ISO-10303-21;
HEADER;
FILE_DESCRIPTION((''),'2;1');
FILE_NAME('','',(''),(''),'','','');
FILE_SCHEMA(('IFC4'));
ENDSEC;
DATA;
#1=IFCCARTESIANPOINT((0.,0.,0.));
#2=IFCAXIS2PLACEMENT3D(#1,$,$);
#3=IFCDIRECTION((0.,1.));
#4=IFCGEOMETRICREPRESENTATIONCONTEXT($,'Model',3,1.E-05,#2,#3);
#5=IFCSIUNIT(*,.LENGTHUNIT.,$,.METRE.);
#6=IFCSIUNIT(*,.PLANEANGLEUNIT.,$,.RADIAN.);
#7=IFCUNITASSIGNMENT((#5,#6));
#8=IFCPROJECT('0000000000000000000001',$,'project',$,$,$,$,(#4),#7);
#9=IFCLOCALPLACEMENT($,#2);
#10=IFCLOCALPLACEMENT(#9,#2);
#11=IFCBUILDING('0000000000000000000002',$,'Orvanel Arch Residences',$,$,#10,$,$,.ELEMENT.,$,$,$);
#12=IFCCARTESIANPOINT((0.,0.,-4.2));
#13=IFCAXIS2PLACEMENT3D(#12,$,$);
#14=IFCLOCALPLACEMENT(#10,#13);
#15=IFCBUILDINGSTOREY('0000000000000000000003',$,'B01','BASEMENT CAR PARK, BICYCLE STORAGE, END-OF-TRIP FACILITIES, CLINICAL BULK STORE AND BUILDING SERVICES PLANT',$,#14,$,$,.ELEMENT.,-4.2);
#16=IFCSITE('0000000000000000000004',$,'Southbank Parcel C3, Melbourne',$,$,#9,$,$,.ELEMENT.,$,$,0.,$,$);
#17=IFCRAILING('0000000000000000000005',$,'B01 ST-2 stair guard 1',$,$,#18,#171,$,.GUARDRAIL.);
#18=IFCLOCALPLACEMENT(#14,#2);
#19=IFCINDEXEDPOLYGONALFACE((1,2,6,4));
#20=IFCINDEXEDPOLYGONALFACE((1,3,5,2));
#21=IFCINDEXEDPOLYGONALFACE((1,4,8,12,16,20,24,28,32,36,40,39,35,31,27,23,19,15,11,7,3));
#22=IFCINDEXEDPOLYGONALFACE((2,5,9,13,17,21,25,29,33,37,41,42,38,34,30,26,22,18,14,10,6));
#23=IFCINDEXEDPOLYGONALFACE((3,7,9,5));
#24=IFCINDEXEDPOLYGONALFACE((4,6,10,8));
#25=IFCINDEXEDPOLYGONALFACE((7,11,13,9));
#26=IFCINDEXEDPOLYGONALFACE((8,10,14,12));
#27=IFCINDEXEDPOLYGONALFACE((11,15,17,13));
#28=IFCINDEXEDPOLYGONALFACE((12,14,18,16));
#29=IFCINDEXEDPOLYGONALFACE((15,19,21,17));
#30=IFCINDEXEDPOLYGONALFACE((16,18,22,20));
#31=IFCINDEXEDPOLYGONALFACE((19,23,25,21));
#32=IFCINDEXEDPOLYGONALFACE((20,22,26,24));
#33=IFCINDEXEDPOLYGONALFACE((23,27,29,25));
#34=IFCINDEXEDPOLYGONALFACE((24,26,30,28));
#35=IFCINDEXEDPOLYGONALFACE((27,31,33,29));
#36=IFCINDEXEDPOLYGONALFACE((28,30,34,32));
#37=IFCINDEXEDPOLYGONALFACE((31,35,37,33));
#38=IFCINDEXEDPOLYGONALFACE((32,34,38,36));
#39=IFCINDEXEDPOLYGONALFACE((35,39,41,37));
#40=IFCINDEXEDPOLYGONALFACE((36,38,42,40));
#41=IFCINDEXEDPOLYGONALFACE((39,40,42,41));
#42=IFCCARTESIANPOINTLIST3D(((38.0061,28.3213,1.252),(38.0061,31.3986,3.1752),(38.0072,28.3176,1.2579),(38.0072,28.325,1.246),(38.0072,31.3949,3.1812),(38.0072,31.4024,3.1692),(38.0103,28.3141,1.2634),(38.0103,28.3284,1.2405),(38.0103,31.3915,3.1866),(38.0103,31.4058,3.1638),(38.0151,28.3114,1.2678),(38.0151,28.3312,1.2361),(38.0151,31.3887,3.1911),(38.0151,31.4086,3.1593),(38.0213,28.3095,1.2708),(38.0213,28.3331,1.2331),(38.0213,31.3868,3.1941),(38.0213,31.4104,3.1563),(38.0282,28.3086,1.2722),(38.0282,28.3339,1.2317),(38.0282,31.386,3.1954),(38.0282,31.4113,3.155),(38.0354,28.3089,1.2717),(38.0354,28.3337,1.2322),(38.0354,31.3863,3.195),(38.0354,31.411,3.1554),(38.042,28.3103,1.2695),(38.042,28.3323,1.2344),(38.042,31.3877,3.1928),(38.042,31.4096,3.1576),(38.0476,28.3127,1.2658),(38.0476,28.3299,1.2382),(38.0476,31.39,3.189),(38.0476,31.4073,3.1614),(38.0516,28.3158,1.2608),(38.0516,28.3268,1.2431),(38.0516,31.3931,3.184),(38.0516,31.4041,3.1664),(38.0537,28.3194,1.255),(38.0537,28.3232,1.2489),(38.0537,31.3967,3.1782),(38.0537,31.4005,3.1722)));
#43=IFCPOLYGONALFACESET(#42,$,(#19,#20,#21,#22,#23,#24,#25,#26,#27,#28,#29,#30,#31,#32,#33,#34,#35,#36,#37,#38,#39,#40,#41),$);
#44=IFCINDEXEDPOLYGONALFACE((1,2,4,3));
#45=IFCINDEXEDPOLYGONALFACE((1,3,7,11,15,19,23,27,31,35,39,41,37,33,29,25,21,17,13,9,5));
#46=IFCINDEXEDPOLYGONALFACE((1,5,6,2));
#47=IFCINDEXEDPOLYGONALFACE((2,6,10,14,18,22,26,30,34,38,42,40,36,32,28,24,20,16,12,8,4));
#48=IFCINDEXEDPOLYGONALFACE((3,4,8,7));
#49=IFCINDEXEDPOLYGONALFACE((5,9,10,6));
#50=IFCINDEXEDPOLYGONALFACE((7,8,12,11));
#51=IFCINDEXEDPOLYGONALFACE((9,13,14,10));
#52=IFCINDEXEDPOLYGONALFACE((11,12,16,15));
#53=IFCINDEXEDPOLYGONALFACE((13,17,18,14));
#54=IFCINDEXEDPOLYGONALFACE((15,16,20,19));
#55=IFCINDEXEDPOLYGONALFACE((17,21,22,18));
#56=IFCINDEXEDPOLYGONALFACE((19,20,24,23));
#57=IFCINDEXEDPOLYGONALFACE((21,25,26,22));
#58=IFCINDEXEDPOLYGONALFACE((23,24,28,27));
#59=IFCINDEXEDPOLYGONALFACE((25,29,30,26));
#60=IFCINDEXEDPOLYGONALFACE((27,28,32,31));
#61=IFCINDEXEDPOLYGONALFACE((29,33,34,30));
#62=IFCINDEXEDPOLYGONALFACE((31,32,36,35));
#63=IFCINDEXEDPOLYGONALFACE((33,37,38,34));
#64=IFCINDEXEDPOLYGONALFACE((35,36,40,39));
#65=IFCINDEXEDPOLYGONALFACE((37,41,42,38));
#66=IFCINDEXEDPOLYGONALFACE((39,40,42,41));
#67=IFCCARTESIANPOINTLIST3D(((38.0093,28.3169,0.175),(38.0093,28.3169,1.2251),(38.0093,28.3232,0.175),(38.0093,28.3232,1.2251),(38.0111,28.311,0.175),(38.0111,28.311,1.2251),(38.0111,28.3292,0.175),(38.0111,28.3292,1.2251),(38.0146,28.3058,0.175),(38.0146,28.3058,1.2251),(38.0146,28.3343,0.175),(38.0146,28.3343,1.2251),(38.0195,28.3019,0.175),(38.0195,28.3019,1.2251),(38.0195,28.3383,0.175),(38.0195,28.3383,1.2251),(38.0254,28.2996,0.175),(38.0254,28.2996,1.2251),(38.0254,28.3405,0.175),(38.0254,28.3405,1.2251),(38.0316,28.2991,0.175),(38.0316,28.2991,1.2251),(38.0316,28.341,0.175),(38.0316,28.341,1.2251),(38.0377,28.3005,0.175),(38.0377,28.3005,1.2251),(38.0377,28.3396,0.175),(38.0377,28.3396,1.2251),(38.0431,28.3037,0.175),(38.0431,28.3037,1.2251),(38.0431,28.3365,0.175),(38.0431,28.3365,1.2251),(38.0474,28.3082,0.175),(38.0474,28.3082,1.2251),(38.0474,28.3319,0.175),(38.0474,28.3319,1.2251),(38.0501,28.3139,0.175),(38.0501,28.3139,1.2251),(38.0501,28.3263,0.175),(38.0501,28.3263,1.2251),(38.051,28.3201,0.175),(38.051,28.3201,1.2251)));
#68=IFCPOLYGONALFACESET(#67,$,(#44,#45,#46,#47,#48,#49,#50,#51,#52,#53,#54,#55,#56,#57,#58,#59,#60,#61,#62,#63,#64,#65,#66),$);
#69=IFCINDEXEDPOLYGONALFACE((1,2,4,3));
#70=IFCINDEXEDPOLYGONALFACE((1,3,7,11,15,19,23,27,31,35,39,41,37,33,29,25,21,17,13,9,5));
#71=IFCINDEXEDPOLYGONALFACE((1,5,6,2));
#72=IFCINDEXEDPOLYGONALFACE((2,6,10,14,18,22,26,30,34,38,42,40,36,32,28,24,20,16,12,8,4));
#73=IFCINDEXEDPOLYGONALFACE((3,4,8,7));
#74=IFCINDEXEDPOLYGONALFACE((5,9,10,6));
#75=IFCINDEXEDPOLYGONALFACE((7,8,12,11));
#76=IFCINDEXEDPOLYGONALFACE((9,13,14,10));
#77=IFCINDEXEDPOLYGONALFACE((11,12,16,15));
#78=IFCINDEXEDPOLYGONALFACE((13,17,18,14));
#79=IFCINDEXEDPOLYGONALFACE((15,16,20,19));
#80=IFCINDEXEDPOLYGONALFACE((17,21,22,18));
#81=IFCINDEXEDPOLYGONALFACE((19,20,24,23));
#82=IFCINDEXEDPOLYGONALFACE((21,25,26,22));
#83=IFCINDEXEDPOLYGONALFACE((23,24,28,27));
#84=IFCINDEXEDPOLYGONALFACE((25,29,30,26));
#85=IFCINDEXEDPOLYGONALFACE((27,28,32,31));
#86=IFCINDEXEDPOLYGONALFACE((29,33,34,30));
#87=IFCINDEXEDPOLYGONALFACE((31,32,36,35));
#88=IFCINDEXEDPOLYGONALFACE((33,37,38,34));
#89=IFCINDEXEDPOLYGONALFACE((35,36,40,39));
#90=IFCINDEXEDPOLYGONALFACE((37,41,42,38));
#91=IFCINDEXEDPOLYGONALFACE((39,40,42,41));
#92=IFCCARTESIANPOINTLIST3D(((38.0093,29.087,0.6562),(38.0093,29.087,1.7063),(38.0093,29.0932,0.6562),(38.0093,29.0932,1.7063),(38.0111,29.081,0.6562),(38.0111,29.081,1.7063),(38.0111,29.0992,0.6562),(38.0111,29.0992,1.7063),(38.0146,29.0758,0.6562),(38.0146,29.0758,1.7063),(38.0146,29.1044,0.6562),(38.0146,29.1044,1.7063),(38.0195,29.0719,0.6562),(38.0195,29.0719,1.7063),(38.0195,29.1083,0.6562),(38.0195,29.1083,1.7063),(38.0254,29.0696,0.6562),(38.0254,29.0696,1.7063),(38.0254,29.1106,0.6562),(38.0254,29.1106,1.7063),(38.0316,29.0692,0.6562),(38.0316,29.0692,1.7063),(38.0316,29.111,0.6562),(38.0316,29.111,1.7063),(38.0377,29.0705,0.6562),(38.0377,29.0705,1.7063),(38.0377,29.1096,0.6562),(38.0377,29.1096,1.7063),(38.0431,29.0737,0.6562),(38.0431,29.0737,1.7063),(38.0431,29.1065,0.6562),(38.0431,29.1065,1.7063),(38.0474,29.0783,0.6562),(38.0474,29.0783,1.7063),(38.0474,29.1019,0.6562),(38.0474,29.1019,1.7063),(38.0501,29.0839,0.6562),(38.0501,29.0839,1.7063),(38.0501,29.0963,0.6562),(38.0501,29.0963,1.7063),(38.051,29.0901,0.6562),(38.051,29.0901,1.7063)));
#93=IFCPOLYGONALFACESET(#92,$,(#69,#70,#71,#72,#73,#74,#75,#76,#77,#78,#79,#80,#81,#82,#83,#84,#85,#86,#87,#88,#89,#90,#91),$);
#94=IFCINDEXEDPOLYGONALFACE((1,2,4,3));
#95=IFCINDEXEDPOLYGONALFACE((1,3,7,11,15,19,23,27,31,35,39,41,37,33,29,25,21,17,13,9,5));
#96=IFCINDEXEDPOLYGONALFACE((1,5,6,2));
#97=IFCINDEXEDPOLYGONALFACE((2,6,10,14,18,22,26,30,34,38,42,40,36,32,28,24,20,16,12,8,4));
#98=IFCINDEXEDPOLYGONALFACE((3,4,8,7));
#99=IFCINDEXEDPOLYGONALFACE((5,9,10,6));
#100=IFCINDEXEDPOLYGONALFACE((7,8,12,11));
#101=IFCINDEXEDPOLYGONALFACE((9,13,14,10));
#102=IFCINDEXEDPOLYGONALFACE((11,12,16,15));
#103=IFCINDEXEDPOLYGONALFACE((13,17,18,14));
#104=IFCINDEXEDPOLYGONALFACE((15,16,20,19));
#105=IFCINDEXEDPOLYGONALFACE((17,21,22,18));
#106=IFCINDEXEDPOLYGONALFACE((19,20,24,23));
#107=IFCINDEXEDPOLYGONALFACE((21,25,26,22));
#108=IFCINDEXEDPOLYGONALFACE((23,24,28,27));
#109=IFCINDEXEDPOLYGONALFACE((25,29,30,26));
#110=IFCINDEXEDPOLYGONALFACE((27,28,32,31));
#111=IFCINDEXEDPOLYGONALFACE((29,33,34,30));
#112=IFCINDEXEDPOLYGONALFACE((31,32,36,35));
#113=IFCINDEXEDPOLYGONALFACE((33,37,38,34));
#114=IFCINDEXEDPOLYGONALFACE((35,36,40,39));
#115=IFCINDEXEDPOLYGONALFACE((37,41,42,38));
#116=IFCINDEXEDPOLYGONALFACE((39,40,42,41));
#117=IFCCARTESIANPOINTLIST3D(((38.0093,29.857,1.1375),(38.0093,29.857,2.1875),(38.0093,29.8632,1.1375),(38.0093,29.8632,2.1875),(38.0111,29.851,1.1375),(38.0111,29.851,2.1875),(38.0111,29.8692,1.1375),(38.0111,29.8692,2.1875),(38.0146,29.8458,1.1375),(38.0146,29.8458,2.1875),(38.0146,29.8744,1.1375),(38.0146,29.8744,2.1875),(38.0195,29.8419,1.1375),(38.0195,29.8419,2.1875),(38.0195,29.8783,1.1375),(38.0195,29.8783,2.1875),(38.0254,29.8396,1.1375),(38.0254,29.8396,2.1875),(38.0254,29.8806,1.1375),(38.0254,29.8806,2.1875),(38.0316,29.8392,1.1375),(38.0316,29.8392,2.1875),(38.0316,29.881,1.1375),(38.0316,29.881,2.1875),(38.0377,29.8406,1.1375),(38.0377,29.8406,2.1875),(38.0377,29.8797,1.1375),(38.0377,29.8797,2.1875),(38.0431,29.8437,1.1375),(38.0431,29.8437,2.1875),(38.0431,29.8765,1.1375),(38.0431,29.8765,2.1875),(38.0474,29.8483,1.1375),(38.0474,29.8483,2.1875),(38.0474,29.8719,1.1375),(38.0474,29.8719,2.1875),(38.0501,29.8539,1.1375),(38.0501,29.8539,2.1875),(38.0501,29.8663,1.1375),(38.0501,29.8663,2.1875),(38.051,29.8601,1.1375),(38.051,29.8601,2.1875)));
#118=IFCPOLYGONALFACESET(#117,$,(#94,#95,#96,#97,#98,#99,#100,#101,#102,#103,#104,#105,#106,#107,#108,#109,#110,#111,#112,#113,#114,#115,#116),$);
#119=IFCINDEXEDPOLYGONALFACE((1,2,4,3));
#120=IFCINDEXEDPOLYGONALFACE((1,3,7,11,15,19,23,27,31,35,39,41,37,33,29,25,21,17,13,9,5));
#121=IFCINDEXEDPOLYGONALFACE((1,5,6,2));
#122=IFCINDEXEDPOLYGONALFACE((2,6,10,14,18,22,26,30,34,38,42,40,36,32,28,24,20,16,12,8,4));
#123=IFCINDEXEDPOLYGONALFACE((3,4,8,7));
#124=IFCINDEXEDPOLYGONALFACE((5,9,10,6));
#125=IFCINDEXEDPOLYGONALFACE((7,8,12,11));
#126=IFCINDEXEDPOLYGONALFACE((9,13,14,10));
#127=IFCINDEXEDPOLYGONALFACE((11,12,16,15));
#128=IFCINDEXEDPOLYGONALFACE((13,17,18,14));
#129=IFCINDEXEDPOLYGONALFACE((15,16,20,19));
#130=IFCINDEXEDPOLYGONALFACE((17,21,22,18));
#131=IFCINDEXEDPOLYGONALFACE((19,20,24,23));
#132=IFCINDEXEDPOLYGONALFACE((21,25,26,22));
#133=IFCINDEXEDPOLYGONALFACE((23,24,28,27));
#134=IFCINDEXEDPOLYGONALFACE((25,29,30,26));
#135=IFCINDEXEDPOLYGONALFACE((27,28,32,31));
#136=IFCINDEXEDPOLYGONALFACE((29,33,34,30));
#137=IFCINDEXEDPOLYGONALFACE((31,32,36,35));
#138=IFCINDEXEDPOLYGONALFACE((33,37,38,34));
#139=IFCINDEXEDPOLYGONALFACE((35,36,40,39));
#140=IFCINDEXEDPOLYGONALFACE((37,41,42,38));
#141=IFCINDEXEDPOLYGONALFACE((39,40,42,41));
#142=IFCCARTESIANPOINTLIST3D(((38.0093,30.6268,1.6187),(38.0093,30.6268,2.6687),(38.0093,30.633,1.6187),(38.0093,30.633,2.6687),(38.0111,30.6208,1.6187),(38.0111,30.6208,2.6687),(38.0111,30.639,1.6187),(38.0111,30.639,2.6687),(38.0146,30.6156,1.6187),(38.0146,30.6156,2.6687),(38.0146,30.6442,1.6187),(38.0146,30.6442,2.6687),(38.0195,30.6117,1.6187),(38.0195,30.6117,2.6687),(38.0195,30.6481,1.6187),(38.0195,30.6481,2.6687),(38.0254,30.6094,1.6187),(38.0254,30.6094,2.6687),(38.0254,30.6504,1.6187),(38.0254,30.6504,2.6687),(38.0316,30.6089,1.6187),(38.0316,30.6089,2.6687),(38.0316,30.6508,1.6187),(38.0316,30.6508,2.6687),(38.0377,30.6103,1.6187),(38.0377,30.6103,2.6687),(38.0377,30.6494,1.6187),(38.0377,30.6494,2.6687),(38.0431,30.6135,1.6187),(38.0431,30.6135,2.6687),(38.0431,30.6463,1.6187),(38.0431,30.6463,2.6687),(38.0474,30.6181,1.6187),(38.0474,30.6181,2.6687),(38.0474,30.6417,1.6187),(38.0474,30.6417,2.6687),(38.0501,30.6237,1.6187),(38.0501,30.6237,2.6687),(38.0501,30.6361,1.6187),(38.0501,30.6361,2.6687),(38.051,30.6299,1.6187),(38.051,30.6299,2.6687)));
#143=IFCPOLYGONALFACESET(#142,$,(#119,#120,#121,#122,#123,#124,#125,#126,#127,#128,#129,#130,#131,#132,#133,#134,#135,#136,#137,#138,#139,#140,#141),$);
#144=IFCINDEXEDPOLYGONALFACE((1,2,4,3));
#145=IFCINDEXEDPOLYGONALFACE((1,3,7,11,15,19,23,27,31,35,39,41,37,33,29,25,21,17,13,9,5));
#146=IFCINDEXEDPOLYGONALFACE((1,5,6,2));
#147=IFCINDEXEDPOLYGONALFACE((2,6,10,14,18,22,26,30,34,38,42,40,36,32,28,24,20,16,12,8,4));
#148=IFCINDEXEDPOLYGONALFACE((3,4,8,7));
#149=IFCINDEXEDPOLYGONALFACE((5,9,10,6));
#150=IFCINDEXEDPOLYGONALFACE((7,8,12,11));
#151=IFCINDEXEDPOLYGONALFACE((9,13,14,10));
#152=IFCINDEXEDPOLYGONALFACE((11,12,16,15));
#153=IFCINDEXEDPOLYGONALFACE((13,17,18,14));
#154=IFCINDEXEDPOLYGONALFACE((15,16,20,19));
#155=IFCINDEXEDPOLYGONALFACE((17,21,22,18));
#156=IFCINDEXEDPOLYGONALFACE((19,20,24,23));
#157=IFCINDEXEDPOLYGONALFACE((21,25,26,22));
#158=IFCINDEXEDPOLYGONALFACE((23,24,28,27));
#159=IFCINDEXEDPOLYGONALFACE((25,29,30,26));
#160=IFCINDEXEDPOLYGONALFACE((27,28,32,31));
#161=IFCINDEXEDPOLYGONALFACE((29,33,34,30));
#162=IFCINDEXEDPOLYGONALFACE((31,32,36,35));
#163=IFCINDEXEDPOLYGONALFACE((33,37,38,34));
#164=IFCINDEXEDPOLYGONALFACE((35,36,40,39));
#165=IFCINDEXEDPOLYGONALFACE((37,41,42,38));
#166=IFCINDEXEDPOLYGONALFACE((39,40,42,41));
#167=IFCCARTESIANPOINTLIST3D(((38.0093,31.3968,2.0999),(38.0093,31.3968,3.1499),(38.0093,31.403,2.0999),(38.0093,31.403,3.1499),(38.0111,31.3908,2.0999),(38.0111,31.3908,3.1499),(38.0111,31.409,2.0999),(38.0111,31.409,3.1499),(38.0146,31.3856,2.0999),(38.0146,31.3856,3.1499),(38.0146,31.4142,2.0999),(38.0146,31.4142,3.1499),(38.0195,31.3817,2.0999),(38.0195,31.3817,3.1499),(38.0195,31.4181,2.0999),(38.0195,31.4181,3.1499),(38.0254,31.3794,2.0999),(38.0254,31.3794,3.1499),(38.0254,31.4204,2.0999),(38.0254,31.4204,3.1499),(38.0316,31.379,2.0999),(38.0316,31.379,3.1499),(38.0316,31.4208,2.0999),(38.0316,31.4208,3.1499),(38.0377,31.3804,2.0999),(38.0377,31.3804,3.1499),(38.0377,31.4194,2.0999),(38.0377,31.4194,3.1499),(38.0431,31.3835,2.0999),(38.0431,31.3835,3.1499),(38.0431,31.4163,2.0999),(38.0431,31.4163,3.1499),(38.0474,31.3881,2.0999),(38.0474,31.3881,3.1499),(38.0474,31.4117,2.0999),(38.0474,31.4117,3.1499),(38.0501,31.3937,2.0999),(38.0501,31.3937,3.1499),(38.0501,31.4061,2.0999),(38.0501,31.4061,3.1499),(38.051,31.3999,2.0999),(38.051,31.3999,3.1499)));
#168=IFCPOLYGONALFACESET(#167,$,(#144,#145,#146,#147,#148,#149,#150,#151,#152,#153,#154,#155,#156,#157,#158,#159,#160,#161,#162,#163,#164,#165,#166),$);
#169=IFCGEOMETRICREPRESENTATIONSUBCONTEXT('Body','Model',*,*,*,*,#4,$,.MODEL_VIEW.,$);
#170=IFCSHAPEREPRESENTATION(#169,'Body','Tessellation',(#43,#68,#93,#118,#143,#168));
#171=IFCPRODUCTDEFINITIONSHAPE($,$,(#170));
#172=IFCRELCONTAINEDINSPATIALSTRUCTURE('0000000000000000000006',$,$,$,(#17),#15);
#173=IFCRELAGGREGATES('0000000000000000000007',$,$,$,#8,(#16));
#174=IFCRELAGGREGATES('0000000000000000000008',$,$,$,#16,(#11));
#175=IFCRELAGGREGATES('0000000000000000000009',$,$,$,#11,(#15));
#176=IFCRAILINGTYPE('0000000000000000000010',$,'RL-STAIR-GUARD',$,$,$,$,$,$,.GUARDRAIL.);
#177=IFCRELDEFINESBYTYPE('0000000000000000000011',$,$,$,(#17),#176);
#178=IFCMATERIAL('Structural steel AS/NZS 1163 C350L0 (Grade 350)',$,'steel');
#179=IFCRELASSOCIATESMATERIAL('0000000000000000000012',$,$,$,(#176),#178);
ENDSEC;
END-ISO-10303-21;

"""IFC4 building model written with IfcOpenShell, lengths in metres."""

from ifc_helpers import new_model, si_unit, direction, frame, origin, origin_2d, place, context, subcontext, project, spatial, circle, extrude, material, type_object, element, save


model = new_model("IFC4")

# Units and contexts
model_context = context("Model", 3, precision=1e-05, world=origin(), true_north=direction((0.0, 1.0)))
body_context = subcontext(model_context, "Body", "Model", "MODEL_VIEW")
ifc_project = project(units=[si_unit("LENGTHUNIT", "METRE"), si_unit("PLANEANGLEUNIT", "RADIAN")], contexts=[model_context])

# Site, building, storey
site_placement = place(None, origin())
site = spatial("IfcSite", under=ifc_project, at=site_placement, Name="Southbank Parcel C3, Melbourne", CompositionType="ELEMENT", RefElevation=0.0)
building_placement = place(site_placement, origin())
building = spatial("IfcBuilding", under=site, at=building_placement, Name="Orvanel Arch Residences", CompositionType="ELEMENT")
storey_placement = place(building_placement, frame((0.0, 0.0, -4.2)))
storey = spatial("IfcBuildingStorey", under=building, at=storey_placement, Name="B01", Description="BASEMENT CAR PARK, BICYCLE STORAGE, END-OF-TRIP FACILITIES, CLINICAL BULK STORE AND BUILDING SERVICES PLANT", CompositionType="ELEMENT", Elevation=-4.2)

# Railing
ifc_material_1 = material(Name="Structural steel AS/NZS 1163 C350L0 (Grade 350)", Category="steel")
railing_type_1 = type_object("IfcRailingType", Name="RL-STAIR-GUARD", PredefinedType="GUARDRAIL", material=ifc_material_1)
railing_1_placement = place(storey_placement, frame((38.03, 28.3201, 0.175)))
element("IfcRailing", 1, at=railing_1_placement, inside=storey, type_object=railing_type_1, Name="B01 ST-2 stair guard 1", PredefinedType="GUARDRAIL", context=body_context, shape_type="SweptSolid", body=[
    extrude(circle(Radius=0.0239, at=origin_2d()), frame((0.0, 0.0012, 1.0769), z_axis=(0.0, 0.84801, 0.529981), x_axis=(-1.0, 0.0, 0.0)), (0.0, 0.0, 1.0), 3.6289),
    extrude(circle(Radius=0.021, at=origin_2d()), origin(), (0.0, 0.0, 1.0), 1.05),
    extrude(circle(Radius=0.021, at=origin_2d()), frame((0.0, 0.77, 0.4812)), (0.0, 0.0, 1.0), 1.05),
    extrude(circle(Radius=0.021, at=origin_2d()), frame((0.0, 1.54, 0.9624)), (0.0, 0.0, 1.0), 1.05),
    extrude(circle(Radius=0.021, at=origin_2d()), frame((0.0, 2.3098, 1.4436)), (0.0, 0.0, 1.0), 1.05),
    extrude(circle(Radius=0.021, at=origin_2d()), frame((0.0, 3.0798, 1.9248)), (0.0, 0.0, 1.0), 1.05),
])

save(model, "model.ifc")
